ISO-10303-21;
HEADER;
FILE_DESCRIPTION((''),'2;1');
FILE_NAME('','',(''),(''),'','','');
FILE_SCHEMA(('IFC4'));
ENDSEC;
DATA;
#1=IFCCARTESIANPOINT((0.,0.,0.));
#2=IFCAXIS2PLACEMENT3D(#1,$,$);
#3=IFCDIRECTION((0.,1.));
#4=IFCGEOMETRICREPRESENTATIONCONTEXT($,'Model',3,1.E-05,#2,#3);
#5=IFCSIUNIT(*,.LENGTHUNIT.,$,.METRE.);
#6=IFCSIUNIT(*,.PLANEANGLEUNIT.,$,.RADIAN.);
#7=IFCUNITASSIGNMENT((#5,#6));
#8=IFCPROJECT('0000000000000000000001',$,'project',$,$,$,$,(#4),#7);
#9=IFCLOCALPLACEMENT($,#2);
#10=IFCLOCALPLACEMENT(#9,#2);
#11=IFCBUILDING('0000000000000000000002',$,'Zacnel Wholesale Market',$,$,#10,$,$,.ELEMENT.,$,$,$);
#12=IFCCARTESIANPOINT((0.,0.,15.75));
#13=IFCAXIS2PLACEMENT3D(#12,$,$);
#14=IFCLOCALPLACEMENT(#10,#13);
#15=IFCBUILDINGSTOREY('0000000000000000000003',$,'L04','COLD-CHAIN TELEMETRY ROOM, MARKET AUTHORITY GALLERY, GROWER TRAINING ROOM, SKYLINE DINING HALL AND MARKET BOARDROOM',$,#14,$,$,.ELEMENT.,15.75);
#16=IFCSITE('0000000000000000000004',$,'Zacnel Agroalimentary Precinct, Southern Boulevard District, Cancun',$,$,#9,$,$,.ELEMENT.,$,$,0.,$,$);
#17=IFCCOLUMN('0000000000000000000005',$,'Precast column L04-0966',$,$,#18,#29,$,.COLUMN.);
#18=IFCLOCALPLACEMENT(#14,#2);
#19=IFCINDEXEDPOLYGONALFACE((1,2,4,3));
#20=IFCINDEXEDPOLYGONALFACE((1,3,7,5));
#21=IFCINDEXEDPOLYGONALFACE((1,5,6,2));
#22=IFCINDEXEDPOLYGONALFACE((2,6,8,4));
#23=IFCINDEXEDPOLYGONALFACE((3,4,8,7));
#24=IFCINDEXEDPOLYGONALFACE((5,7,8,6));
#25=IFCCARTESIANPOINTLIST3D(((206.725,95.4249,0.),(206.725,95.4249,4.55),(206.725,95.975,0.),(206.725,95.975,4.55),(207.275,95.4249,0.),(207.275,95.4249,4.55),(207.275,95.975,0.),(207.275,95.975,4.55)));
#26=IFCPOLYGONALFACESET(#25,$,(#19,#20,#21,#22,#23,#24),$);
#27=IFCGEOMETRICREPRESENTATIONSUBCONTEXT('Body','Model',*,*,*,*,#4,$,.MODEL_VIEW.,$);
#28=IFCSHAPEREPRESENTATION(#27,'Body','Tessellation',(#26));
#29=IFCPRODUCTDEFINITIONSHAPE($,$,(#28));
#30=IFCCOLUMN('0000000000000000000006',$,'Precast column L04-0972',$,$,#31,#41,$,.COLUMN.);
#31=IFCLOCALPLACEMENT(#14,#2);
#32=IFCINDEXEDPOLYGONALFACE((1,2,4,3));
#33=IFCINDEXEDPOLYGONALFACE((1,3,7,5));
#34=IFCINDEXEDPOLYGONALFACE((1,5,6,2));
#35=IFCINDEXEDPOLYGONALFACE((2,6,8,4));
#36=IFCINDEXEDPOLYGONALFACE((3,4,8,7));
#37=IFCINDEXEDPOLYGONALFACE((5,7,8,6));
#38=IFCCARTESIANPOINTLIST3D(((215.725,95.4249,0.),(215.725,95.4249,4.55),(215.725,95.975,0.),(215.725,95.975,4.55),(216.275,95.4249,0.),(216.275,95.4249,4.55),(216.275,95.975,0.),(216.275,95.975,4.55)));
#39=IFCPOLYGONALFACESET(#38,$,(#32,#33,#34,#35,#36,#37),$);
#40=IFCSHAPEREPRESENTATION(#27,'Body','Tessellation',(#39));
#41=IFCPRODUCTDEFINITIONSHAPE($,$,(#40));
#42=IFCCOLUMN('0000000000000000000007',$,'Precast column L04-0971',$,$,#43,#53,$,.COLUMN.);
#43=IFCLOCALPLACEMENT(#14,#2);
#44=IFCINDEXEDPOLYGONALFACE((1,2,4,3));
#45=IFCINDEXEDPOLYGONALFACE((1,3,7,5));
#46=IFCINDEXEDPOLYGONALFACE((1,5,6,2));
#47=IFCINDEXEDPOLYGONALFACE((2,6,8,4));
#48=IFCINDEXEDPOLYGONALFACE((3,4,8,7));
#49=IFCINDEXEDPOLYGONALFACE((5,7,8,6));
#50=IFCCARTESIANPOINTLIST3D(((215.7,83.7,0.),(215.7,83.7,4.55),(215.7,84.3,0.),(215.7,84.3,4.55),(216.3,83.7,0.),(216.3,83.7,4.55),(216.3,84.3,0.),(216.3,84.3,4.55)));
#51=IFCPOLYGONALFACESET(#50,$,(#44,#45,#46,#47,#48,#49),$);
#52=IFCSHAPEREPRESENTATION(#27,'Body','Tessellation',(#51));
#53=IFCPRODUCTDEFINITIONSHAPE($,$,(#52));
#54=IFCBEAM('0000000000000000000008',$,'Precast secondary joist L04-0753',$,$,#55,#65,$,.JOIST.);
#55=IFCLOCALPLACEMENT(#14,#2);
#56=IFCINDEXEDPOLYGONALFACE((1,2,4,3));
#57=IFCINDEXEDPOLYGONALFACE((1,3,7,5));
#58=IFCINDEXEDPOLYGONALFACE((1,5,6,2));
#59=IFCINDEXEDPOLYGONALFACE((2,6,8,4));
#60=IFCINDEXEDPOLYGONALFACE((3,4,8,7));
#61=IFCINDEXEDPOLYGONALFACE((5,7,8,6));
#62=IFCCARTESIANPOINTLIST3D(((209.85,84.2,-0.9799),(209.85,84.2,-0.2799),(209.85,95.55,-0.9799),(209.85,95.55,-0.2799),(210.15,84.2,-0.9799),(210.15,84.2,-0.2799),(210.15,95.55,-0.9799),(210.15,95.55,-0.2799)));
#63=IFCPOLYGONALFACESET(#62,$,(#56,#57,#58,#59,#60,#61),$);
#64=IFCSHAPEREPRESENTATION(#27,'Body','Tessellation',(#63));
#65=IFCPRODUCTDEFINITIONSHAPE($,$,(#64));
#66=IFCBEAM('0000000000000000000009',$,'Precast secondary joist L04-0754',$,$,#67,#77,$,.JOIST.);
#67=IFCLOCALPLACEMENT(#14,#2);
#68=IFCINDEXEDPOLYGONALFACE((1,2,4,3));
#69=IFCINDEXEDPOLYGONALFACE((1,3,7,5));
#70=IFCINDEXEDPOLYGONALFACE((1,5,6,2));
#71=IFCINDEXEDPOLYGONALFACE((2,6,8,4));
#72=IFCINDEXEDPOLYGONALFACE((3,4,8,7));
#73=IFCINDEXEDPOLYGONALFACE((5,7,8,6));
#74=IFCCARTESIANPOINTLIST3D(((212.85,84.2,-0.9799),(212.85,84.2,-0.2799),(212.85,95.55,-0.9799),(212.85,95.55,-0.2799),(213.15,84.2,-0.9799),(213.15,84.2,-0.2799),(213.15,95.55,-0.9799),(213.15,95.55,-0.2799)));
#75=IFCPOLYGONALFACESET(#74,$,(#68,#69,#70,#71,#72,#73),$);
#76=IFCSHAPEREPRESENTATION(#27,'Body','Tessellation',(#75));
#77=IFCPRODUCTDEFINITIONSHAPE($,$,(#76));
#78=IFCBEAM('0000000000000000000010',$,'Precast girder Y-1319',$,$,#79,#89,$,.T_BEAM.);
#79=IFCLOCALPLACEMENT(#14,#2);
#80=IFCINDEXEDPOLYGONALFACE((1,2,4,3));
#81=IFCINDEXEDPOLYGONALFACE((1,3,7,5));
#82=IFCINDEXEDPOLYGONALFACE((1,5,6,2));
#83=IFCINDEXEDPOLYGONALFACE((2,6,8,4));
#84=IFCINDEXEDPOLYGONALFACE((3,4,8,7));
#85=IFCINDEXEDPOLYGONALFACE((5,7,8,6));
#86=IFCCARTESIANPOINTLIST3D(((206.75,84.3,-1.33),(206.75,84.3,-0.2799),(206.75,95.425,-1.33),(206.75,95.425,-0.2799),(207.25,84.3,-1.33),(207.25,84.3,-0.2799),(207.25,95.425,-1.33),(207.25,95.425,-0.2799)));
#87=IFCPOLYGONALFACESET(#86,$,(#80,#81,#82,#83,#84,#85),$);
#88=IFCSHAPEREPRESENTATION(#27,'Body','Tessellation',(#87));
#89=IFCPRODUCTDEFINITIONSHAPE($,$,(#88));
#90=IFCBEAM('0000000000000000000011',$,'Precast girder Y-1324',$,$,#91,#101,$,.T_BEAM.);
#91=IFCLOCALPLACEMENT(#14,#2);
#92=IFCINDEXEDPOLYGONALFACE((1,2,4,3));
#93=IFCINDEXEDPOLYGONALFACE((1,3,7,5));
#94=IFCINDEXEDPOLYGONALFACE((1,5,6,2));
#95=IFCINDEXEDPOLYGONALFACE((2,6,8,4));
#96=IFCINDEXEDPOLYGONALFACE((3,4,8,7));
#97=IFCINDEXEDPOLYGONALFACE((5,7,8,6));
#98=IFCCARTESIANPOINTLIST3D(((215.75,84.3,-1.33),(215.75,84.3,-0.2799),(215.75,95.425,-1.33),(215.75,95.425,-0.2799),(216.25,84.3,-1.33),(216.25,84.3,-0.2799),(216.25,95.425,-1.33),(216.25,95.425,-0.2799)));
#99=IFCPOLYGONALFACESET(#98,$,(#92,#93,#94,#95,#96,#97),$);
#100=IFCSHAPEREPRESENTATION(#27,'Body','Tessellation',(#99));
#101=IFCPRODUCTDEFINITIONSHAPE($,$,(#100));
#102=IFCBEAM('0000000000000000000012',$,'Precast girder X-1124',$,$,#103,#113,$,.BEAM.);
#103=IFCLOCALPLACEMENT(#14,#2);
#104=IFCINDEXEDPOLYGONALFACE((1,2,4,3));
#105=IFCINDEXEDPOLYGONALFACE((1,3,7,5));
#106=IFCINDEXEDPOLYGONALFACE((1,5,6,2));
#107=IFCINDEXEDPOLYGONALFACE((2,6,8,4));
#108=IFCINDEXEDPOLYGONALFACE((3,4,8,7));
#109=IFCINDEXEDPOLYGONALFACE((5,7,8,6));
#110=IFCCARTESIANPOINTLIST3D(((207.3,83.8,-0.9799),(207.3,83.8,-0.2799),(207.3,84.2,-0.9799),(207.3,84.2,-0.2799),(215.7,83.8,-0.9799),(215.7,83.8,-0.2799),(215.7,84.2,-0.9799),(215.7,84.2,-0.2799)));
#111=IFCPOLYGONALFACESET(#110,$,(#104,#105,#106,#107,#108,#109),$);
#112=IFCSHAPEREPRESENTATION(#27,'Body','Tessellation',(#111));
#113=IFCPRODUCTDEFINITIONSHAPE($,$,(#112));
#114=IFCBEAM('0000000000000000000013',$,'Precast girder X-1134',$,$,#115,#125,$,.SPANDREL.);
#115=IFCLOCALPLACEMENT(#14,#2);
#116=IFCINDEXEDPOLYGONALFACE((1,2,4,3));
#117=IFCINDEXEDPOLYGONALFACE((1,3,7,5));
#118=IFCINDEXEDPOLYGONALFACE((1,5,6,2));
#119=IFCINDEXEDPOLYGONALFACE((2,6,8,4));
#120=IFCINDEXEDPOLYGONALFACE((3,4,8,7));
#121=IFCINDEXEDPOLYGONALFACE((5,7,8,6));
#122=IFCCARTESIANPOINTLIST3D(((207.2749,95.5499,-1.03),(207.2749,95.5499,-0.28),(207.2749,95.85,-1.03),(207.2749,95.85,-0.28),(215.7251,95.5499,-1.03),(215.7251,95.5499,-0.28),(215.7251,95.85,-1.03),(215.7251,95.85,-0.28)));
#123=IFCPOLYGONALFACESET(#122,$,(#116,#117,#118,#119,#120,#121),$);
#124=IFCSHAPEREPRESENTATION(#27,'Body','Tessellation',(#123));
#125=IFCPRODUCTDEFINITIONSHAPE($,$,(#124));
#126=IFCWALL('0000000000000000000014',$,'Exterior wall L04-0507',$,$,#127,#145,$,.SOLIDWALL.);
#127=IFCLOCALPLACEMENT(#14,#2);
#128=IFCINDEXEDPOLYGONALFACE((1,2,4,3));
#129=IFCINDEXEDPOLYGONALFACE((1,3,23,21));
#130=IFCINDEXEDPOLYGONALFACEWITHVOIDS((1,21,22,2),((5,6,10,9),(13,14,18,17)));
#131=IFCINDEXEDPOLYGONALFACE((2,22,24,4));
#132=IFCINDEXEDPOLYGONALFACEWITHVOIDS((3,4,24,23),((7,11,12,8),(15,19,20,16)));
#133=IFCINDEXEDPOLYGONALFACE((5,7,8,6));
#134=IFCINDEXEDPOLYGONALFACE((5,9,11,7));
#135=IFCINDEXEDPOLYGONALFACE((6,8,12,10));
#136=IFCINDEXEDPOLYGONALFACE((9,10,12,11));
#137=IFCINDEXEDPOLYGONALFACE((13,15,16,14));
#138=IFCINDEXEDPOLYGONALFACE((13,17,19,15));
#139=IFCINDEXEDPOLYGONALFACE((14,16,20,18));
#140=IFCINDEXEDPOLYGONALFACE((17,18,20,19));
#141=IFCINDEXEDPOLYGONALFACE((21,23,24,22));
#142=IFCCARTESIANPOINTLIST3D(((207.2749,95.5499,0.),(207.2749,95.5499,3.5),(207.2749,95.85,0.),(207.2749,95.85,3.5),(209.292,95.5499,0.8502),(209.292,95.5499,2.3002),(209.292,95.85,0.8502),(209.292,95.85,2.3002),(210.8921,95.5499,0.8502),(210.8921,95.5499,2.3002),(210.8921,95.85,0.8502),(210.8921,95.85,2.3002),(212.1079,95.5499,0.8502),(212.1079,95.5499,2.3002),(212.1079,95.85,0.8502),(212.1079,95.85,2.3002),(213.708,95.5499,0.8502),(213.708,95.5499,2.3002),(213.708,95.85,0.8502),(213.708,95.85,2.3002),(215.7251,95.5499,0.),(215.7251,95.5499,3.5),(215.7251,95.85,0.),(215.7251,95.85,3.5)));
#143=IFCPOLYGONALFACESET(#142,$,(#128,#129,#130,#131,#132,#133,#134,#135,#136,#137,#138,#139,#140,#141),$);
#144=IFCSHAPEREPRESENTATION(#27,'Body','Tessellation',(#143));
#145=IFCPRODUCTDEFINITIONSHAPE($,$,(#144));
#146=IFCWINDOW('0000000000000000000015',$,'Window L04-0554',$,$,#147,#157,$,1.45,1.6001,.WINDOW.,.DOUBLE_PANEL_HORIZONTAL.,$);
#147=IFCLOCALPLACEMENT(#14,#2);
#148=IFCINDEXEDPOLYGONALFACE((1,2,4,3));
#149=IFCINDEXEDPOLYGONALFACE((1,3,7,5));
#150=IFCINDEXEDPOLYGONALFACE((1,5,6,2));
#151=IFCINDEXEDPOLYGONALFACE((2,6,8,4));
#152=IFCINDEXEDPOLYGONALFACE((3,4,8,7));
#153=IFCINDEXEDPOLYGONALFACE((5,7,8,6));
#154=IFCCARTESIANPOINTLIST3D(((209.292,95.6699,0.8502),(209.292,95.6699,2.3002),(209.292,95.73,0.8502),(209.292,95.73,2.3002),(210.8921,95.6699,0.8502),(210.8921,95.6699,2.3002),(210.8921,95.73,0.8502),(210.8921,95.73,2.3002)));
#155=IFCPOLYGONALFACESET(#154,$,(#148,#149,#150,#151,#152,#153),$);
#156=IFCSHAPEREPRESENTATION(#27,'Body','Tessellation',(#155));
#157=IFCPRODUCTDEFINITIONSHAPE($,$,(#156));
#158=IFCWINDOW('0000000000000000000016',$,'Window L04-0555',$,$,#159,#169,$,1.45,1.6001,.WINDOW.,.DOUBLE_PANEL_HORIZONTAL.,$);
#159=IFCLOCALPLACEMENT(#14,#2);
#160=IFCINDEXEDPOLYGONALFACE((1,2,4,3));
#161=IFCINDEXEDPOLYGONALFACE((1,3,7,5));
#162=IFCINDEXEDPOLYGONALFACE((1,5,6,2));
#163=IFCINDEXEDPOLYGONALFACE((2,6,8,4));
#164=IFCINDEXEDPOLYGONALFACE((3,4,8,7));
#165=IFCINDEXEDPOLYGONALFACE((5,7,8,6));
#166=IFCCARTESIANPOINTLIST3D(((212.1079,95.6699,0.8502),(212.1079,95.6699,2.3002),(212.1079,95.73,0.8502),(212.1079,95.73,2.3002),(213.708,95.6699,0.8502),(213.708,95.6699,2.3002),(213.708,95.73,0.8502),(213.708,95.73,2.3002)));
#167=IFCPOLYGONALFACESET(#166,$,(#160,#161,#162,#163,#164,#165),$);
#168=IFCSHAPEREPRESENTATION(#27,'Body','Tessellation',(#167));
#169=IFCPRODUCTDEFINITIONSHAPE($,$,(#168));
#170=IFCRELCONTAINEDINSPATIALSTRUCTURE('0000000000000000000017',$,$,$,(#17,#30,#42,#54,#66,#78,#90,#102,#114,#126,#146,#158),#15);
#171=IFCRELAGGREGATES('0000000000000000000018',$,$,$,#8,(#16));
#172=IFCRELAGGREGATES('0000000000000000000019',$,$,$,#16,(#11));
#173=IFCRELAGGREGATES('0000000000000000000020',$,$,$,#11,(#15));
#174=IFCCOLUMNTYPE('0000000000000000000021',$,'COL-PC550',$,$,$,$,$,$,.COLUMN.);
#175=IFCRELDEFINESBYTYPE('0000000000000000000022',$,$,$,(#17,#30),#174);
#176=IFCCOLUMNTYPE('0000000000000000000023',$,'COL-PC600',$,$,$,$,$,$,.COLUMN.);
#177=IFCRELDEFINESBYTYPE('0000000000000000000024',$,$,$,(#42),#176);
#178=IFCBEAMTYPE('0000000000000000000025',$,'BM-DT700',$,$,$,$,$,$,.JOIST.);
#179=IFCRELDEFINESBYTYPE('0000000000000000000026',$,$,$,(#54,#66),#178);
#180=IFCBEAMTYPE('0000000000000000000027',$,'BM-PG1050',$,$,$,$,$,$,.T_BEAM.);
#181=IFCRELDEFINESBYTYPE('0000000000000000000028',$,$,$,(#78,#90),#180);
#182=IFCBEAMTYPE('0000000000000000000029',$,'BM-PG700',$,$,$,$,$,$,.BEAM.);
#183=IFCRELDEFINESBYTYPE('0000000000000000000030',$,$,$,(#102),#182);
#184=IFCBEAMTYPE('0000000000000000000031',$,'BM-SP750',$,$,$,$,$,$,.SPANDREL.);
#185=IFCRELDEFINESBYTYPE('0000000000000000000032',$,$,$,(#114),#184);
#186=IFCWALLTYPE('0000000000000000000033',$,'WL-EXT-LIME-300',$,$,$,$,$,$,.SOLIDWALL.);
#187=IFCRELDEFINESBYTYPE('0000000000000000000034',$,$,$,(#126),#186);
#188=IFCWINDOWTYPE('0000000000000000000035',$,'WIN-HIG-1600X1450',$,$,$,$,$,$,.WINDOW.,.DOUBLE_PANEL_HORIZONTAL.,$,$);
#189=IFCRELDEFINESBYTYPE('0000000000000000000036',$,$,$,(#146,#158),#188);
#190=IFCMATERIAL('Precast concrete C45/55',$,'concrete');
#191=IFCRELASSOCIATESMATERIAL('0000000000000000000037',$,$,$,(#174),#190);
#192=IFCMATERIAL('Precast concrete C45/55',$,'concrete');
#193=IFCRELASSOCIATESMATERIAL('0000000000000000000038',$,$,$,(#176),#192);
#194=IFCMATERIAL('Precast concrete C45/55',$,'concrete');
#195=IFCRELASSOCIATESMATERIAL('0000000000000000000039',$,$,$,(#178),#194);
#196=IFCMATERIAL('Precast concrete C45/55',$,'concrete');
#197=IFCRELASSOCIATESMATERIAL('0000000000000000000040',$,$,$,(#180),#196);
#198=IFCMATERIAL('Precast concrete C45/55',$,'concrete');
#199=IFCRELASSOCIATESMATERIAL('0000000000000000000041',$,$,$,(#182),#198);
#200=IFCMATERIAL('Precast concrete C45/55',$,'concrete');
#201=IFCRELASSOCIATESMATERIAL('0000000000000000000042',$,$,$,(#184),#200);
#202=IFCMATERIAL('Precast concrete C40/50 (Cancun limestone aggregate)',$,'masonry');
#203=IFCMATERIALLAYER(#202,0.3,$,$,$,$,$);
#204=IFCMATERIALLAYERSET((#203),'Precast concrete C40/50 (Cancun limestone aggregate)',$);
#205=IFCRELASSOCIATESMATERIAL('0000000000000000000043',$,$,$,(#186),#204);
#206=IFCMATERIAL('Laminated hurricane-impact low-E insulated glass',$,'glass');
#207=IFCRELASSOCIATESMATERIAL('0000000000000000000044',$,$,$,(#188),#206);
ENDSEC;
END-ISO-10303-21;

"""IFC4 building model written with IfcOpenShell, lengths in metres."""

from ifc_helpers import new_model, si_unit, direction, frame, frame_2d, origin, origin_2d, place, context, subcontext, project, spatial, rectangle, extrude, material, layer, layer_set, material_profile, profile_set, type_object, element, fill, save


model = new_model("IFC4")

# Units and contexts
model_context = context("Model", 3, precision=1e-05, world=origin(), true_north=direction((0.0, 1.0)))
body_context = subcontext(model_context, "Body", "Model", "MODEL_VIEW")
ifc_project = project(units=[si_unit("LENGTHUNIT", "METRE"), si_unit("PLANEANGLEUNIT", "RADIAN")], contexts=[model_context])

# Site, building, storey
site_placement = place(None, origin())
site = spatial("IfcSite", under=ifc_project, at=site_placement, Name="Zacnel Agroalimentary Precinct, Southern Boulevard District, Cancun", CompositionType="ELEMENT", RefElevation=0.0)
building_placement = place(site_placement, origin())
building = spatial("IfcBuilding", under=site, at=building_placement, Name="Zacnel Wholesale Market", CompositionType="ELEMENT")
storey_placement = place(building_placement, frame((0.0, 0.0, 15.75)))
storey = spatial("IfcBuildingStorey", under=building, at=storey_placement, Name="L04", Description="COLD-CHAIN TELEMETRY ROOM, MARKET AUTHORITY GALLERY, GROWER TRAINING ROOM, SKYLINE DINING HALL AND MARKET BOARDROOM", CompositionType="ELEMENT", Elevation=15.75)

# Columns
ifc_material_1 = material(Name="Precast concrete C45/55", Category="concrete")
ifc_material_profile_1 = material_profile(ifc_material_1, rectangle(XDim=0.55, YDim=0.55, at=origin_2d()), Name="PC 550x550")
ifc_profile_set_1 = profile_set([ifc_material_profile_1], Name="Precast concrete C45/55")
column_type_1 = type_object("IfcColumnType", Name="COL-PC550", PredefinedType="COLUMN", material=ifc_profile_set_1)
for number, where, z_axis, x_axis, name in (
    (1, (207.0, 95.7, 0.0), (0.0, 0.0, 1.0), (1.0, 0.0, 0.0), "Precast column L04-0966"),
    (2, (216.0, 95.7, 0.0), (0.0, 0.0, 1.0), (1.0, 0.0, 0.0), "Precast column L04-0972"),
):
    element("IfcColumn", number, at=place(storey_placement, frame(where, z_axis=z_axis, x_axis=x_axis)), inside=storey, type_object=column_type_1, Name=name, PredefinedType="COLUMN", context=body_context, shape_type="SweptSolid", body=[
        extrude(rectangle(XDim=0.55, YDim=0.55, at=origin_2d()), origin(), (0.0, 0.0, 1.0), 4.55),
    ])
ifc_material_2 = material(Name="Precast concrete C45/55", Category="concrete")
ifc_material_profile_2 = material_profile(ifc_material_2, rectangle(XDim=0.6001, YDim=0.6001, at=origin_2d()), Name="PC 600x600")
ifc_profile_set_2 = profile_set([ifc_material_profile_2], Name="Precast concrete C45/55")
column_type_2 = type_object("IfcColumnType", Name="COL-PC600", PredefinedType="COLUMN", material=ifc_profile_set_2)
column_placement = place(storey_placement, frame((216.0, 84.0, 0.0), z_axis=(0.0, 0.0, 1.0), x_axis=(1.0, 0.0, 0.0)))
element("IfcColumn", 3, at=column_placement, inside=storey, type_object=column_type_2, Name="Precast column L04-0971", PredefinedType="COLUMN", context=body_context, shape_type="SweptSolid", body=[
    extrude(rectangle(XDim=0.6001, YDim=0.6001, at=origin_2d()), origin(), (0.0, 0.0, 1.0), 4.55),
])

# Beams
ifc_material_3 = material(Name="Precast concrete C45/55", Category="concrete")
ifc_material_profile_3 = material_profile(ifc_material_3, rectangle(XDim=0.3, YDim=0.7, at=origin_2d()), Name="DT RIB 300x700")
ifc_profile_set_3 = profile_set([ifc_material_profile_3], Name="Precast concrete C45/55")
beam_type_1 = type_object("IfcBeamType", Name="BM-DT700", PredefinedType="JOIST", material=ifc_profile_set_3)
for number, where, z_axis, x_axis, name in (
    (4, (210.0, 84.2, -0.6299), (0.0, 1.0, 0.0), (-1.0, 0.0, 0.0), "Precast secondary joist L04-0753"),
    (5, (213.0, 84.2, -0.6299), (0.0, 1.0, 0.0), (-1.0, 0.0, 0.0), "Precast secondary joist L04-0754"),
):
    element("IfcBeam", number, at=place(storey_placement, frame(where, z_axis=z_axis, x_axis=x_axis)), inside=storey, type_object=beam_type_1, Name=name, PredefinedType="JOIST", context=body_context, shape_type="SweptSolid", body=[
        extrude(rectangle(XDim=0.3, YDim=0.7, at=origin_2d()), origin(), (0.0, 0.0, 1.0), 11.3501),
    ])
ifc_material_4 = material(Name="Precast concrete C45/55", Category="concrete")
ifc_material_profile_4 = material_profile(ifc_material_4, rectangle(XDim=0.5, YDim=1.05, at=origin_2d()), Name="PG 500x1050")
ifc_profile_set_4 = profile_set([ifc_material_profile_4], Name="Precast concrete C45/55")
beam_type_2 = type_object("IfcBeamType", Name="BM-PG1050", PredefinedType="T_BEAM", material=ifc_profile_set_4)
for number, where, z_axis, x_axis, name in (
    (6, (207.0, 84.3, -0.8049), (0.0, 1.0, 0.0), (-1.0, 0.0, 0.0), "Precast girder Y-1319"),
    (7, (216.0, 84.3, -0.8049), (0.0, 1.0, 0.0), (-1.0, 0.0, 0.0), "Precast girder Y-1324"),
):
    element("IfcBeam", number, at=place(storey_placement, frame(where, z_axis=z_axis, x_axis=x_axis)), inside=storey, type_object=beam_type_2, Name=name, PredefinedType="T_BEAM", context=body_context, shape_type="SweptSolid", body=[
        extrude(rectangle(XDim=0.5, YDim=1.05, at=origin_2d()), origin(), (0.0, 0.0, 1.0), 11.125),
    ])
ifc_material_5 = material(Name="Precast concrete C45/55", Category="concrete")
ifc_material_profile_5 = material_profile(ifc_material_5, rectangle(XDim=0.3999, YDim=0.7, at=origin_2d()), Name="PG 400x700")
ifc_profile_set_5 = profile_set([ifc_material_profile_5], Name="Precast concrete C45/55")
beam_type_3 = type_object("IfcBeamType", Name="BM-PG700", PredefinedType="BEAM", material=ifc_profile_set_5)
beam_1_placement = place(storey_placement, frame((207.3, 84.0, -0.6299), z_axis=(1.0, 0.0, 0.0), x_axis=(0.0, 1.0, 0.0)))
element("IfcBeam", 8, at=beam_1_placement, inside=storey, type_object=beam_type_3, Name="Precast girder X-1124", PredefinedType="BEAM", context=body_context, shape_type="SweptSolid", body=[
    extrude(rectangle(XDim=0.3999, YDim=0.7, at=origin_2d()), origin(), (0.0, 0.0, 1.0), 8.3999),
])
ifc_material_6 = material(Name="Precast concrete C45/55", Category="concrete")
ifc_material_profile_6 = material_profile(ifc_material_6, rectangle(XDim=0.3, YDim=0.75, at=origin_2d()), Name="SP 300x750")
ifc_profile_set_6 = profile_set([ifc_material_profile_6], Name="Precast concrete C45/55")
beam_type_4 = type_object("IfcBeamType", Name="BM-SP750", PredefinedType="SPANDREL", material=ifc_profile_set_6)
beam_2_placement = place(storey_placement, frame((207.2749, 95.7, -0.655), z_axis=(1.0, 0.0, 0.0), x_axis=(0.0, 1.0, 0.0)))
element("IfcBeam", 9, at=beam_2_placement, inside=storey, type_object=beam_type_4, Name="Precast girder X-1134", PredefinedType="SPANDREL", context=body_context, shape_type="SweptSolid", body=[
    extrude(rectangle(XDim=0.3, YDim=0.75, at=origin_2d()), origin(), (0.0, 0.0, 1.0), 8.4502),
])

# Wall, openings, windows
ifc_material_7 = material(Name="Precast concrete C40/50 (Cancun limestone aggregate)", Category="masonry")
ifc_layer_1 = layer(ifc_material_7, 0.3)
ifc_layer_set_1 = layer_set([ifc_layer_1], Name="Precast concrete C40/50 (Cancun limestone aggregate)")
wall_type = type_object("IfcWallType", Name="WL-EXT-LIME-300", PredefinedType="SOLIDWALL", material=ifc_layer_set_1)
wall_1_placement = place(storey_placement, frame((207.2749, 95.7, 0.0), z_axis=(0.0, 0.0, 1.0), x_axis=(1.0, 0.0, 0.0)))
wall_1 = element("IfcWall", 10, at=wall_1_placement, inside=storey, type_object=wall_type, Name="Exterior wall L04-0507", PredefinedType="SOLIDWALL", context=body_context, shape_type="SweptSolid", body=[
    extrude(rectangle(XDim=8.4502, YDim=0.3, at=frame_2d((4.2251, 0.0))), origin(), (0.0, 0.0, 1.0), 3.5),
])
opening_1_placement = place(wall_1_placement, frame((2.0171, 0.0, 0.8501)))
opening_1 = element("IfcOpeningElement", 11, at=opening_1_placement, cuts=wall_1, PredefinedType="OPENING", context=body_context, shape_type="SweptSolid", body=[
    extrude(rectangle(XDim=1.6001, YDim=1.45, at=frame_2d((0.8, 0.7251))), frame((0.0, 0.1599, 0.0), z_axis=(0.0, -1.0, 0.0), x_axis=(1.0, 0.0, 0.0)), (0.0, 0.0, 1.0), 0.3201),
])
opening_2_placement = place(wall_1_placement, frame((4.833, 0.0, 0.8501)))
opening_2 = element("IfcOpeningElement", 12, at=opening_2_placement, cuts=wall_1, PredefinedType="OPENING", context=body_context, shape_type="SweptSolid", body=[
    extrude(rectangle(XDim=1.6001, YDim=1.45, at=frame_2d((0.8, 0.7251))), frame((0.0, 0.1599, 0.0), z_axis=(0.0, -1.0, 0.0), x_axis=(1.0, 0.0, 0.0)), (0.0, 0.0, 1.0), 0.3201),
])
ifc_material_8 = material(Name="Laminated hurricane-impact low-E insulated glass", Category="glass")
window_type = type_object("IfcWindowType", Name="WIN-HIG-1600X1450", PartitioningType="DOUBLE_PANEL_HORIZONTAL", PredefinedType="WINDOW", material=ifc_material_8)
window_1_placement = place(opening_1_placement, origin())
window_1 = element("IfcWindow", 13, at=window_1_placement, inside=storey, type_object=window_type, Name="Window L04-0554", OverallHeight=1.45, OverallWidth=1.6001, PartitioningType="DOUBLE_PANEL_HORIZONTAL", PredefinedType="WINDOW", context=body_context, shape_type="SweptSolid", body=[
    extrude(rectangle(XDim=1.6001, YDim=1.45, at=frame_2d((0.8, 0.7251))), frame((0.0, 0.03, 0.0), z_axis=(0.0, -1.0, 0.0), x_axis=(1.0, 0.0, 0.0)), (0.0, 0.0, 1.0), 0.0601),
])
fill(opening_1, window_1)
window_2_placement = place(opening_2_placement, origin())
window_2 = element("IfcWindow", 14, at=window_2_placement, inside=storey, type_object=window_type, Name="Window L04-0555", OverallHeight=1.45, OverallWidth=1.6001, PartitioningType="DOUBLE_PANEL_HORIZONTAL", PredefinedType="WINDOW", context=body_context, shape_type="SweptSolid", body=[
    extrude(rectangle(XDim=1.6001, YDim=1.45, at=frame_2d((0.8, 0.7251))), frame((0.0, 0.03, 0.0), z_axis=(0.0, -1.0, 0.0), x_axis=(1.0, 0.0, 0.0)), (0.0, 0.0, 1.0), 0.0601),
])
fill(opening_2, window_2)

save(model, "model.ifc")
